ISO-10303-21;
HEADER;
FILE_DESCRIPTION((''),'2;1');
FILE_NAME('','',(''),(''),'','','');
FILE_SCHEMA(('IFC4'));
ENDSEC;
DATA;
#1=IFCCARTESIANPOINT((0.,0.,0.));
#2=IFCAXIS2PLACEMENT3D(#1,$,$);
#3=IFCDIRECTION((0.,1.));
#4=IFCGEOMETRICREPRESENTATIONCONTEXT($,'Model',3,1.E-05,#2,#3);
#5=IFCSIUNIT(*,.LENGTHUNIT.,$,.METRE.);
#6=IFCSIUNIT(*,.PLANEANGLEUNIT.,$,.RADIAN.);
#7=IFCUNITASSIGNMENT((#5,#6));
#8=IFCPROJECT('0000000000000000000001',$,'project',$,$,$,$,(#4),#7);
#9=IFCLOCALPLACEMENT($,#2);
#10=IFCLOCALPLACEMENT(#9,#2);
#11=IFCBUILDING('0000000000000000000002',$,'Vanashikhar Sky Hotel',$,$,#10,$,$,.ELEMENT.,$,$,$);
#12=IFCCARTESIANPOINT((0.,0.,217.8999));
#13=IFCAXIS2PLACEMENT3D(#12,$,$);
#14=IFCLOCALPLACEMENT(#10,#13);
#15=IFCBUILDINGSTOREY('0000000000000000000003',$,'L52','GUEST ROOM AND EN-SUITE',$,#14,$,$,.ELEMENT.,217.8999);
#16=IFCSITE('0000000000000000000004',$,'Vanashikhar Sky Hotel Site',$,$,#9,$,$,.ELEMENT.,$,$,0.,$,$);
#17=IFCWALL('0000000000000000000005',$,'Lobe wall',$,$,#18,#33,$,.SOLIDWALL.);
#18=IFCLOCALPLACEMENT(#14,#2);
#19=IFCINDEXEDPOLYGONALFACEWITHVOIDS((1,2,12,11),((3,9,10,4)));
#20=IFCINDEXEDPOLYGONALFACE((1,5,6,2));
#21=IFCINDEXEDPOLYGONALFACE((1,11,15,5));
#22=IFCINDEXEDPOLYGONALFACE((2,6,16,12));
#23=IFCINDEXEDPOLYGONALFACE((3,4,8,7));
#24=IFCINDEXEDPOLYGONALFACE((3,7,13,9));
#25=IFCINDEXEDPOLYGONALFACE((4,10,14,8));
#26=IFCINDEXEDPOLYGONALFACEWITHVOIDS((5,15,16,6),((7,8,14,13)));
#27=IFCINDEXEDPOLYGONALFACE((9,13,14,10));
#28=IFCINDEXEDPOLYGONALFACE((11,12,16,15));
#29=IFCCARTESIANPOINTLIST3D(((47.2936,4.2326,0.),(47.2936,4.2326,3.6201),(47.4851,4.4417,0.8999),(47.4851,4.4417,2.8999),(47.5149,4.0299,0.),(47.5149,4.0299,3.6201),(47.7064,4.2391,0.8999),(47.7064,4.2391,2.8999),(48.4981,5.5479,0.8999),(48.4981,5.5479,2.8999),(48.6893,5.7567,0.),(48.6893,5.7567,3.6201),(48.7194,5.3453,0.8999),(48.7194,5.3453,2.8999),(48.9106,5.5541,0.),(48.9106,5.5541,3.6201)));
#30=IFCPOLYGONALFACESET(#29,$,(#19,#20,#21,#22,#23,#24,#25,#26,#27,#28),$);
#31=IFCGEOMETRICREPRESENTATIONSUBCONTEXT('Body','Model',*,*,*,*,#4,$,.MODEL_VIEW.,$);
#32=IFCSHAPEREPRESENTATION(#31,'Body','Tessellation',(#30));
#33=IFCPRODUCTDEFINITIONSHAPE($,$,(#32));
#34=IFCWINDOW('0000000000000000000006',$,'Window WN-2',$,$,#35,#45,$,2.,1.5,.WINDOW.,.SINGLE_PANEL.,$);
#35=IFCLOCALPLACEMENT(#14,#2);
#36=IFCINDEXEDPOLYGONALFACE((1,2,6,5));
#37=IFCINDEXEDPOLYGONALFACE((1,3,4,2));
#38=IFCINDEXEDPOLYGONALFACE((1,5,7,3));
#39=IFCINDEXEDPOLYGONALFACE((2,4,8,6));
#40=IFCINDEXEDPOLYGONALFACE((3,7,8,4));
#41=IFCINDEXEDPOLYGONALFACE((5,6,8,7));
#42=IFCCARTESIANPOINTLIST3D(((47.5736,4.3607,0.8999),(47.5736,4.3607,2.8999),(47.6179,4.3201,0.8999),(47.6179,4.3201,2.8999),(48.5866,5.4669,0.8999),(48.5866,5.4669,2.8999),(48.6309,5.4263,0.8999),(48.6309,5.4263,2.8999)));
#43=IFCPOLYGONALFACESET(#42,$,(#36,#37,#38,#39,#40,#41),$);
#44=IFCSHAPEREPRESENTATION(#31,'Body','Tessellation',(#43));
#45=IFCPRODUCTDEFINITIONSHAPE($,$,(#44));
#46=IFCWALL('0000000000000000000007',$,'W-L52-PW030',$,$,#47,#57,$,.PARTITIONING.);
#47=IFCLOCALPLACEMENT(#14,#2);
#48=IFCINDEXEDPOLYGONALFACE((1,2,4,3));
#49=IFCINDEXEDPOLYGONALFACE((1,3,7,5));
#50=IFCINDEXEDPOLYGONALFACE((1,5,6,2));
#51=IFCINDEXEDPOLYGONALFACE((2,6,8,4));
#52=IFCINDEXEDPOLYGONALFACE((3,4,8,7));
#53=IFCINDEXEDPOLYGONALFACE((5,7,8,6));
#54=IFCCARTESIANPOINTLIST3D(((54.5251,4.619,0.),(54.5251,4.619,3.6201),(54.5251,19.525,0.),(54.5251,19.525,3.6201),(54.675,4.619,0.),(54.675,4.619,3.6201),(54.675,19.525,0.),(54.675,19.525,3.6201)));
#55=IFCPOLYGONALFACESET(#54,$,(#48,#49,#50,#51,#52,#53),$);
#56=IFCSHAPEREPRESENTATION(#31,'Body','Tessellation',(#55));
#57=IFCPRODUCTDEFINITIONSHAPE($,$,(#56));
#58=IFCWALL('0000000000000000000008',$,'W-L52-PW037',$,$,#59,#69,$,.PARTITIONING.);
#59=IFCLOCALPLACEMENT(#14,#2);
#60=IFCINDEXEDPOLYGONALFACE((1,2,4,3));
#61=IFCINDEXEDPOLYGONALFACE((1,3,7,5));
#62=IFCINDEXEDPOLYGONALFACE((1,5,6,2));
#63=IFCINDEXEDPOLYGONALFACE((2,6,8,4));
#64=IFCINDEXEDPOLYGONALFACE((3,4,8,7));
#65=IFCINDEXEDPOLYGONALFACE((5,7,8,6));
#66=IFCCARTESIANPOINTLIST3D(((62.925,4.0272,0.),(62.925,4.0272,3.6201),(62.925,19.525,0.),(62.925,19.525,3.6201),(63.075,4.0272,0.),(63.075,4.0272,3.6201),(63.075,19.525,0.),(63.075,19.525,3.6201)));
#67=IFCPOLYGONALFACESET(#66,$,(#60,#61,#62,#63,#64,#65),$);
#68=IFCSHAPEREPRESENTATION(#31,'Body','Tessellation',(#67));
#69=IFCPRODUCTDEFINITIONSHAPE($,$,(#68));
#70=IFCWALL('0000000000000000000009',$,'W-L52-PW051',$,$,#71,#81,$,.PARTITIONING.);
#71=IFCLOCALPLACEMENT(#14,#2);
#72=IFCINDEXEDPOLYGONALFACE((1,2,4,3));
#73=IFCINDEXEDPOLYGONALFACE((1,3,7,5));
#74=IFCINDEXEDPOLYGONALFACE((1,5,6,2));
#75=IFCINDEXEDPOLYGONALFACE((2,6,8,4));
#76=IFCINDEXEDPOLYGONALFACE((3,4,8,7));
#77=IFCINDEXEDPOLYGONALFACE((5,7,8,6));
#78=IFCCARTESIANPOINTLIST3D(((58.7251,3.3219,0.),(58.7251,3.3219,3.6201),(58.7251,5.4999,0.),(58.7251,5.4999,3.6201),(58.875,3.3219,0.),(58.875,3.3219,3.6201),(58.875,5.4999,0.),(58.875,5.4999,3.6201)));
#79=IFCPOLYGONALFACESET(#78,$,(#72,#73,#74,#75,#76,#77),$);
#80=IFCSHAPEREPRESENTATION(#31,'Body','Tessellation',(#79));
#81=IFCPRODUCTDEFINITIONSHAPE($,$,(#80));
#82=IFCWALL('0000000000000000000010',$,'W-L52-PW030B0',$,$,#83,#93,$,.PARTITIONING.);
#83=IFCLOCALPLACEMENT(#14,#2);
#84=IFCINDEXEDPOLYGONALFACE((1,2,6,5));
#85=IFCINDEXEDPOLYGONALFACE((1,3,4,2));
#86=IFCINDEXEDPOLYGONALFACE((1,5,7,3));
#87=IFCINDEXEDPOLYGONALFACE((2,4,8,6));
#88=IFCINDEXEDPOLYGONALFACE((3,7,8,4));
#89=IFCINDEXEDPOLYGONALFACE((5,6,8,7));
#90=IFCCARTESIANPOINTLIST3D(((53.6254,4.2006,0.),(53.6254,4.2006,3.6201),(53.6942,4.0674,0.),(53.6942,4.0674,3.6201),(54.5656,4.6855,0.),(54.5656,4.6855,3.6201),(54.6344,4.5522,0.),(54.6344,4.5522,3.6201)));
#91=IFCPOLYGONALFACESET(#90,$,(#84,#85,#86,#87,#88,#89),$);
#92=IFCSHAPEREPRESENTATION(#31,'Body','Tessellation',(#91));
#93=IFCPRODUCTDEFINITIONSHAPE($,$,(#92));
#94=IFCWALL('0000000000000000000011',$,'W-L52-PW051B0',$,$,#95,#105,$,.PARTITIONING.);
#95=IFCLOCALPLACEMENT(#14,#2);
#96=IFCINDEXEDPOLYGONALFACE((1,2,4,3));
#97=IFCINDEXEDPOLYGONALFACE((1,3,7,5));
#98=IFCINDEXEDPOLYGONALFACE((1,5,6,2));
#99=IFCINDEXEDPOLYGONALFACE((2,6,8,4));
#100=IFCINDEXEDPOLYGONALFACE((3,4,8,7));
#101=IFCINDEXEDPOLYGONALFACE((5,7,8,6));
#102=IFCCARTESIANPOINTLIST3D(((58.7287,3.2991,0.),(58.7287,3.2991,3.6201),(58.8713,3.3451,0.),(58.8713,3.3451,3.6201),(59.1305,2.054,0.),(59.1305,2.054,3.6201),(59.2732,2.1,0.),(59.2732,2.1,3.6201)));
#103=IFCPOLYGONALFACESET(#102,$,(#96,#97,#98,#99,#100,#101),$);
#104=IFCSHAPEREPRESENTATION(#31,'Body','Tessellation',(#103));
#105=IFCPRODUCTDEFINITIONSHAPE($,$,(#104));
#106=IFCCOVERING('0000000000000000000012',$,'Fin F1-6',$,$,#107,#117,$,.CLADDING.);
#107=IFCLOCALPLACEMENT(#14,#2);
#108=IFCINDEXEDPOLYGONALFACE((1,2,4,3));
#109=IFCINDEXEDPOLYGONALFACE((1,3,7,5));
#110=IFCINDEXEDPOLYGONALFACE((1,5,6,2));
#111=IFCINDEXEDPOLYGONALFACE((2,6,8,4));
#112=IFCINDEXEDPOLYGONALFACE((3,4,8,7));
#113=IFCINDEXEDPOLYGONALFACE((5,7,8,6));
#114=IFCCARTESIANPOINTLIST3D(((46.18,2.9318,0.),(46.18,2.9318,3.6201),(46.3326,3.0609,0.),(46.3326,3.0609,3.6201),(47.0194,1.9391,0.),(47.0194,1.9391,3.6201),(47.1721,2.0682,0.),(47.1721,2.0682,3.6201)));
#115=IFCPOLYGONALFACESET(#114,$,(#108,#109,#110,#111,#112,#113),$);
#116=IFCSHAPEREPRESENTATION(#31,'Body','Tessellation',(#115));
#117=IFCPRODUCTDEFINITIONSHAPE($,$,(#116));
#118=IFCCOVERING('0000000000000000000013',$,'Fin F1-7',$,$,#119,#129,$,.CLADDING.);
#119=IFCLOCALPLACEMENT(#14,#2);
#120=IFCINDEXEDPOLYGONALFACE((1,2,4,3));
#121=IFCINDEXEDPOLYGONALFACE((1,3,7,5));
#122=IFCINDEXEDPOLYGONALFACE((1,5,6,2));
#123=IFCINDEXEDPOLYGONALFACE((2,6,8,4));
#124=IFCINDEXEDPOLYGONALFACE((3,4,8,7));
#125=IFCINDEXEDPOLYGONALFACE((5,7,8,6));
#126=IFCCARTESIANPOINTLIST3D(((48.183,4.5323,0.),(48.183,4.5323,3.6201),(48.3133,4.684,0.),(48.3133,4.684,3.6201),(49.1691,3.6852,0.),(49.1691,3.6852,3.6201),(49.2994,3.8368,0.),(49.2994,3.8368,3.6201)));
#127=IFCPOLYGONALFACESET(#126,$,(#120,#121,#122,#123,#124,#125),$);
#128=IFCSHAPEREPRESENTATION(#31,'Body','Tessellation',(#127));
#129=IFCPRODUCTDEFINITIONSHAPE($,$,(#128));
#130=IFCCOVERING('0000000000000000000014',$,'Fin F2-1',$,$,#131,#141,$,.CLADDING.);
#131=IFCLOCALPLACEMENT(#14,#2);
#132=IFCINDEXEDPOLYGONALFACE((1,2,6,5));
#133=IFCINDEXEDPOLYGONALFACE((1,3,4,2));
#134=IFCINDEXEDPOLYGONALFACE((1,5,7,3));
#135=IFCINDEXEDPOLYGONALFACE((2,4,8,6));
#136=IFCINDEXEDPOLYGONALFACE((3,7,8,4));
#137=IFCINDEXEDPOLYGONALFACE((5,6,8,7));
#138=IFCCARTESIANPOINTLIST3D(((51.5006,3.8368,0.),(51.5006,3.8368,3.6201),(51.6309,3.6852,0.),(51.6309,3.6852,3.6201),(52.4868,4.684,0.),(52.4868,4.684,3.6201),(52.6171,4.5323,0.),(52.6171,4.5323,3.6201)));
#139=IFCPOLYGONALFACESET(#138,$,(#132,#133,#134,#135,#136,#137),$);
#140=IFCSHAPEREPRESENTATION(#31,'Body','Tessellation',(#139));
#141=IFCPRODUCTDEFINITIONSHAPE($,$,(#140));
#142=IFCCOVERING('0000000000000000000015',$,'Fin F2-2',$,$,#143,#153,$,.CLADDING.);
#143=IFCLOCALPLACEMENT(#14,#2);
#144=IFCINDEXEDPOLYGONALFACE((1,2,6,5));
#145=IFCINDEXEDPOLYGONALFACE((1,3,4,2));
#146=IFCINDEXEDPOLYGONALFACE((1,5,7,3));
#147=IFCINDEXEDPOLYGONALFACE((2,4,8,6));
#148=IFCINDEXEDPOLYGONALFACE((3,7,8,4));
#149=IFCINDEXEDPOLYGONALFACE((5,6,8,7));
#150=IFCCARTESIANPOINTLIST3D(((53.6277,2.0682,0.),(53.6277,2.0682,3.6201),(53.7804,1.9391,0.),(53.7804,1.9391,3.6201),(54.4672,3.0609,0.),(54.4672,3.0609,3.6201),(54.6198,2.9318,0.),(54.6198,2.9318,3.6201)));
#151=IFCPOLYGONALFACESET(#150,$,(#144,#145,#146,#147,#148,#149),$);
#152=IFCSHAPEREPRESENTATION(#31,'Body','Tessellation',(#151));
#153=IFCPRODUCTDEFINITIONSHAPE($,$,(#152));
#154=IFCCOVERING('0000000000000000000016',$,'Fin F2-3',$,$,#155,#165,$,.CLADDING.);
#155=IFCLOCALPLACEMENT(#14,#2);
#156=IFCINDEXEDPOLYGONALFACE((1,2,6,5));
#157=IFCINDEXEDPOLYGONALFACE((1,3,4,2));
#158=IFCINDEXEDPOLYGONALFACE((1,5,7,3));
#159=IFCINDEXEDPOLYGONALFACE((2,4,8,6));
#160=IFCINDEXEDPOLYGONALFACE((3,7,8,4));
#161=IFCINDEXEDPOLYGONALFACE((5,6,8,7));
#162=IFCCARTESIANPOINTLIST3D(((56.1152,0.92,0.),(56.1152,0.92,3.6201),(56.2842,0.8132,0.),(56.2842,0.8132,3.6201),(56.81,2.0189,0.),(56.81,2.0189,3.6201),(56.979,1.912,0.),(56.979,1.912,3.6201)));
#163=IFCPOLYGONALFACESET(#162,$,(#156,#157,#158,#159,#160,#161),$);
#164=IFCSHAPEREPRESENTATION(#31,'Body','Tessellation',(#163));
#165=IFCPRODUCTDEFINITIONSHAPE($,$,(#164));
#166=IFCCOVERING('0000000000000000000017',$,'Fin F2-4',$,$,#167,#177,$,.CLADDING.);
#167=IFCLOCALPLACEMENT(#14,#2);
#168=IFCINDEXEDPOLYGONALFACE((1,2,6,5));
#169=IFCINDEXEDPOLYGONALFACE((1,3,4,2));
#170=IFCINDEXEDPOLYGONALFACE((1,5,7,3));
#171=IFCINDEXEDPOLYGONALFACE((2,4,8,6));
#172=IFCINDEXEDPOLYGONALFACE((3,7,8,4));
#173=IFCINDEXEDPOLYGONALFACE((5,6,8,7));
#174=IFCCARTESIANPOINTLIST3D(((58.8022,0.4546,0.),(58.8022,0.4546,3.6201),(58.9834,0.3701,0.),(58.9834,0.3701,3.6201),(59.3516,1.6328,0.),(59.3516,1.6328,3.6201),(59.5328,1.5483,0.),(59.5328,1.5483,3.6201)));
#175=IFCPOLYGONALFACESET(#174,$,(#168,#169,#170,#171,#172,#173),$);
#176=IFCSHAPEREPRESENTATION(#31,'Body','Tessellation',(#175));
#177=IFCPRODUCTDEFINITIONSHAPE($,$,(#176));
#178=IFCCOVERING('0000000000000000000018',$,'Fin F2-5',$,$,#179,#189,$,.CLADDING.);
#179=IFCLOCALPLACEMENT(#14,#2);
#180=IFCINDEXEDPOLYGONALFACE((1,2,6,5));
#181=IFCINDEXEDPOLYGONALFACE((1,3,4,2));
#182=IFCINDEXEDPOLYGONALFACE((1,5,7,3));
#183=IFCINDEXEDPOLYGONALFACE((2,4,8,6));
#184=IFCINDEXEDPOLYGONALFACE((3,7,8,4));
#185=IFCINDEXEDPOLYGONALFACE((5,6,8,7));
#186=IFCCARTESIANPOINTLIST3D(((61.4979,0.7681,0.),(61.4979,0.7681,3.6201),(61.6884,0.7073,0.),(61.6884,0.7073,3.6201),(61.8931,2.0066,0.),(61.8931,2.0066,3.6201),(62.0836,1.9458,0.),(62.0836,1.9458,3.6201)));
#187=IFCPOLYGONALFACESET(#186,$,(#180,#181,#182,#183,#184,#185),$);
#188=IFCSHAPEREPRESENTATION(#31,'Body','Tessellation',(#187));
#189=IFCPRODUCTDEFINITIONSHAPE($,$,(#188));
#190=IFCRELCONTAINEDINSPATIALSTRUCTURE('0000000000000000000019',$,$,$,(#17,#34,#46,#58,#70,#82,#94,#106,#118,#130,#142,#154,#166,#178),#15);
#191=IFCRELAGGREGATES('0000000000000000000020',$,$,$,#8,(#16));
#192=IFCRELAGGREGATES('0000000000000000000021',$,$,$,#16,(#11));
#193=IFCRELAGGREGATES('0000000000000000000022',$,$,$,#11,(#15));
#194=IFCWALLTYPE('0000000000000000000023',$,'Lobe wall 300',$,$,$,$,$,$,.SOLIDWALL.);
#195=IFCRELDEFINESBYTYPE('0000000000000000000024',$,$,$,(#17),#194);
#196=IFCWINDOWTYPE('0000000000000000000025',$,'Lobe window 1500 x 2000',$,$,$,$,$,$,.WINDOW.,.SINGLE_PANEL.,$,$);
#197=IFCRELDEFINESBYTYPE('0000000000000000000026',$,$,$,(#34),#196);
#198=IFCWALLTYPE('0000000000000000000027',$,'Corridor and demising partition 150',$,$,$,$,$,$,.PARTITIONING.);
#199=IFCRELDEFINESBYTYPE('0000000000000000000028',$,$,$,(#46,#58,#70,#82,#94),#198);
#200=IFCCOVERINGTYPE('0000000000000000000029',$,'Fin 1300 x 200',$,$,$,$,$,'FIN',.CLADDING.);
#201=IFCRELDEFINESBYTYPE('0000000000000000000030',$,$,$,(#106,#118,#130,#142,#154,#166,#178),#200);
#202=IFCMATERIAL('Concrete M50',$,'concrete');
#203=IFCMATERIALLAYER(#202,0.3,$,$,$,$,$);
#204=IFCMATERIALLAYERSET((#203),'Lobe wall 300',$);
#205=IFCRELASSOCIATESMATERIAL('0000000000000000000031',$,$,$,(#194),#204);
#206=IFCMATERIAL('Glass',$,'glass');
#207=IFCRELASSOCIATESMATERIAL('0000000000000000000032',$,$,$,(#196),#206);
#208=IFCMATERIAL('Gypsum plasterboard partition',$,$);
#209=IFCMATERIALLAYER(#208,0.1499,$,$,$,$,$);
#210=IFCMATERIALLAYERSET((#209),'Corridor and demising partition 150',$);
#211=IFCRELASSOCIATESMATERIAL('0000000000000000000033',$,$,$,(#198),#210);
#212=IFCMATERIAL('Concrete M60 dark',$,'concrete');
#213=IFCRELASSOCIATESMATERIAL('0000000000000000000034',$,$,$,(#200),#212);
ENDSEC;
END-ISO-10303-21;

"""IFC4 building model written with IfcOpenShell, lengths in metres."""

from ifc_helpers import new_model, si_unit, direction, frame, frame_2d, origin, origin_2d, place, context, subcontext, project, spatial, rectangle, extrude, source, transform, mapped, material, layer, layer_set, material_profile, profile_set, type_object, element, fill, save


model = new_model("IFC4")

# Units and contexts
model_context = context("Model", 3, precision=1e-05, world=origin(), true_north=direction((0.0, 1.0)))
body_context = subcontext(model_context, "Body", "Model", "MODEL_VIEW")
ifc_project = project(units=[si_unit("LENGTHUNIT", "METRE"), si_unit("PLANEANGLEUNIT", "RADIAN")], contexts=[model_context])

# Site, building, storey
site_placement = place(None, origin())
site = spatial("IfcSite", under=ifc_project, at=site_placement, Name="Vanashikhar Sky Hotel Site", CompositionType="ELEMENT", RefElevation=0.0)
building_placement = place(site_placement, origin())
building = spatial("IfcBuilding", under=site, at=building_placement, Name="Vanashikhar Sky Hotel", CompositionType="ELEMENT")
storey_placement = place(building_placement, frame((0.0, 0.0, 217.8999)))
storey = spatial("IfcBuildingStorey", under=building, at=storey_placement, Name="L52", Description="GUEST ROOM AND EN-SUITE", CompositionType="ELEMENT", Elevation=217.8999)

# Wall, opening, window
ifc_material_1 = material(Name="Concrete M50", Category="concrete")
ifc_layer_1 = layer(ifc_material_1, 0.3)
ifc_layer_set_1 = layer_set([ifc_layer_1], Name="Lobe wall 300")
wall_type_1 = type_object("IfcWallType", Name="Lobe wall 300", PredefinedType="SOLIDWALL", material=ifc_layer_set_1)
shared_shape_1 = source(origin(), body_context, "Body", "SweptSolid", [
    extrude(rectangle(XDim=1.5, YDim=2.0, at=frame_2d((0.75, 1.0))), frame((0.0, 0.1602, 0.0), z_axis=(0.0, -1.0, 0.0), x_axis=(1.0, 0.0, 0.0)), (0.0, 0.0, 1.0), 0.3201),
])
ifc_material_2 = material(Name="Glass", Category="glass")
window_type = type_object("IfcWindowType", Name="Lobe window 1500 x 2000", PartitioningType="SINGLE_PANEL", PredefinedType="WINDOW", material=ifc_material_2)
shared_shape_2 = source(origin(), body_context, "Body", "SweptSolid", [
    extrude(rectangle(XDim=1.5, YDim=2.0, at=frame_2d((0.75, 1.0))), frame((0.0, 0.03, 0.0), z_axis=(0.0, -1.0, 0.0), x_axis=(1.0, 0.0, 0.0)), (0.0, 0.0, 1.0), 0.0601),
])
shared_shape_3 = source(origin(), body_context, "Body", "SweptSolid", [
    extrude(rectangle(XDim=2.0667, YDim=0.3, at=frame_2d((1.0332, 0.0))), origin(), (0.0, 0.0, 1.0), 3.6201),
])
wall_1_placement = place(storey_placement, frame((47.4043, 4.1313, 0.0), z_axis=(0.0, 0.0, 1.0), x_axis=(0.675355, 0.737492, 0.0)))
wall_1 = element("IfcWall", 1, at=wall_1_placement, inside=storey, type_object=wall_type_1, Name="Lobe wall", PredefinedType="SOLIDWALL", context=body_context, shape_type="MappedRepresentation", body=[
    mapped(shared_shape_3, transform((0.0, 0.0, 0.0), scale=1.0)),
])
opening_1_placement = place(wall_1_placement, frame((0.2834, 0.0, 0.8999)))
opening_1 = element("IfcOpeningElement", 2, at=opening_1_placement, cuts=wall_1, PredefinedType="OPENING", context=body_context, shape_type="MappedRepresentation", body=[
    mapped(shared_shape_1, transform((0.0, 0.0, 0.0), scale=1.0)),
])
window_1_placement = place(opening_1_placement, origin())
window_1 = element("IfcWindow", 3, at=window_1_placement, inside=storey, type_object=window_type, Name="Window WN-2", OverallHeight=2.0, OverallWidth=1.5, PartitioningType="SINGLE_PANEL", PredefinedType="WINDOW", context=body_context, shape_type="MappedRepresentation", body=[
    mapped(shared_shape_2, transform((0.0, 0.0, 0.0), scale=1.0)),
])
fill(opening_1, window_1)

# Walls
ifc_material_3 = material(Name="Gypsum plasterboard partition")
ifc_layer_2 = layer(ifc_material_3, 0.1499)
ifc_layer_set_2 = layer_set([ifc_layer_2], Name="Corridor and demising partition 150")
wall_type_2 = type_object("IfcWallType", Name="Corridor and demising partition 150", PredefinedType="PARTITIONING", material=ifc_layer_set_2)
shared_shape_4 = source(origin(), body_context, "Body", "SweptSolid", [
    extrude(rectangle(XDim=14.906, YDim=0.1499, at=frame_2d((7.4531, 0.0))), origin(), (0.0, 0.0, 1.0), 3.6201),
])
wall_2_placement = place(storey_placement, frame((54.6001, 4.6189, 0.0), z_axis=(0.0, 0.0, 1.0), x_axis=(0.0, 1.0, 0.0)))
element("IfcWall", 4, at=wall_2_placement, inside=storey, type_object=wall_type_2, Name="W-L52-PW030", PredefinedType="PARTITIONING", context=body_context, shape_type="MappedRepresentation", body=[
    mapped(shared_shape_4, transform((0.0, 0.0, 0.0), scale=1.0)),
])
shared_shape_5 = source(origin(), body_context, "Body", "SweptSolid", [
    extrude(rectangle(XDim=15.4978, YDim=0.1499, at=frame_2d((7.749, 0.0))), origin(), (0.0, 0.0, 1.0), 3.6201),
])
wall_3_placement = place(storey_placement, frame((63.0, 4.0271, 0.0), z_axis=(0.0, 0.0, 1.0), x_axis=(0.0, 1.0, 0.0)))
element("IfcWall", 5, at=wall_3_placement, inside=storey, type_object=wall_type_2, Name="W-L52-PW037", PredefinedType="PARTITIONING", context=body_context, shape_type="MappedRepresentation", body=[
    mapped(shared_shape_5, transform((0.0, 0.0, 0.0), scale=1.0)),
])
shared_shape_6 = source(origin(), body_context, "Body", "SweptSolid", [
    extrude(rectangle(XDim=2.178, YDim=0.1499, at=frame_2d((1.0889, 0.0))), origin(), (0.0, 0.0, 1.0), 3.6201),
])
wall_4_placement = place(storey_placement, frame((58.8, 3.322, 0.0), z_axis=(0.0, 0.0, 1.0), x_axis=(0.0, 1.0, 0.0)))
element("IfcWall", 6, at=wall_4_placement, inside=storey, type_object=wall_type_2, Name="W-L52-PW051", PredefinedType="PARTITIONING", context=body_context, shape_type="MappedRepresentation", body=[
    mapped(shared_shape_6, transform((0.0, 0.0, 0.0), scale=1.0)),
])
shared_shape_7 = source(origin(), body_context, "Body", "SweptSolid", [
    extrude(rectangle(XDim=1.0579, YDim=0.1499, at=frame_2d((0.5288, 0.0))), origin(), (0.0, 0.0, 1.0), 3.6201),
])
wall_5_placement = place(storey_placement, frame((53.6599, 4.134, 0.0), z_axis=(0.0, 0.0, 1.0), x_axis=(0.888772, 0.458349, 0.0)))
element("IfcWall", 7, at=wall_5_placement, inside=storey, type_object=wall_type_2, Name="W-L52-PW030B0", PredefinedType="PARTITIONING", context=body_context, shape_type="MappedRepresentation", body=[
    mapped(shared_shape_7, transform((0.0, 0.0, 0.0), scale=1.0)),
])
shared_shape_8 = source(origin(), body_context, "Body", "SweptSolid", [
    extrude(rectangle(XDim=1.3083, YDim=0.1499, at=frame_2d((0.6543, 0.0))), origin(), (0.0, 0.0, 1.0), 3.6201),
])
wall_6_placement = place(storey_placement, frame((59.2019, 2.0769, 0.0), z_axis=(0.0, 0.0, 1.0), x_axis=(-0.307145, 0.951663, 0.0)))
element("IfcWall", 8, at=wall_6_placement, inside=storey, type_object=wall_type_2, Name="W-L52-PW051B0", PredefinedType="PARTITIONING", context=body_context, shape_type="MappedRepresentation", body=[
    mapped(shared_shape_8, transform((0.0, 0.0, 0.0), scale=1.0)),
])

# Coverings
ifc_material_4 = material(Name="Concrete M60 dark", Category="concrete")
ifc_material_profile = material_profile(ifc_material_4, rectangle(XDim=1.3, YDim=0.2, at=origin_2d()))
ifc_profile_set = profile_set([ifc_material_profile], Name="Fin 1300 x 200")
covering_type = type_object("IfcCoveringType", Name="Fin 1300 x 200", ElementType="FIN", PredefinedType="CLADDING", material=ifc_profile_set)
shared_shape_9 = source(origin(), body_context, "Body", "SweptSolid", [
    extrude(rectangle(XDim=1.3, YDim=0.2, at=origin_2d()), origin(), (0.0, 0.0, 1.0), 3.6201),
])
for number, where, z_axis, x_axis, name in (
    (9, (46.676, 2.5, 0.0), (0.0, 0.0, 1.0), (0.645698, -0.763593, 0.0), "Fin F1-6"),
    (10, (48.7412, 4.1846, 0.0), (0.0, 0.0, 1.0), (0.758544, -0.651622, 0.0), "Fin F1-7"),
    (11, (52.0588, 4.1846, 0.0), (0.0, 0.0, 1.0), (-0.758544, -0.651622, 0.0), "Fin F2-1"),
    (12, (54.1238, 2.5, 0.0), (0.0, 0.0, 1.0), (-0.645698, -0.763593, 0.0), "Fin F2-2"),
    (13, (56.5471, 1.416, 0.0), (0.0, 0.0, 1.0), (-0.534411, -0.845225, 0.0), "Fin F2-3"),
    (14, (59.1675, 1.0015, 0.0), (0.0, 0.0, 1.0), (-0.422618, -0.906308, 0.0), "Fin F2-4"),
    (15, (61.7908, 1.3569, 0.0), (0.0, 0.0, 1.0), (-0.303967, -0.952683, 0.0), "Fin F2-5"),
):
    element("IfcCovering", number, at=place(storey_placement, frame(where, z_axis=z_axis, x_axis=x_axis)), inside=storey, type_object=covering_type, Name=name, PredefinedType="CLADDING", context=body_context, shape_type="MappedRepresentation", body=[
        mapped(shared_shape_9, transform((0.0, 0.0, 0.0), scale=1.0)),
    ])

save(model, "model.ifc")
